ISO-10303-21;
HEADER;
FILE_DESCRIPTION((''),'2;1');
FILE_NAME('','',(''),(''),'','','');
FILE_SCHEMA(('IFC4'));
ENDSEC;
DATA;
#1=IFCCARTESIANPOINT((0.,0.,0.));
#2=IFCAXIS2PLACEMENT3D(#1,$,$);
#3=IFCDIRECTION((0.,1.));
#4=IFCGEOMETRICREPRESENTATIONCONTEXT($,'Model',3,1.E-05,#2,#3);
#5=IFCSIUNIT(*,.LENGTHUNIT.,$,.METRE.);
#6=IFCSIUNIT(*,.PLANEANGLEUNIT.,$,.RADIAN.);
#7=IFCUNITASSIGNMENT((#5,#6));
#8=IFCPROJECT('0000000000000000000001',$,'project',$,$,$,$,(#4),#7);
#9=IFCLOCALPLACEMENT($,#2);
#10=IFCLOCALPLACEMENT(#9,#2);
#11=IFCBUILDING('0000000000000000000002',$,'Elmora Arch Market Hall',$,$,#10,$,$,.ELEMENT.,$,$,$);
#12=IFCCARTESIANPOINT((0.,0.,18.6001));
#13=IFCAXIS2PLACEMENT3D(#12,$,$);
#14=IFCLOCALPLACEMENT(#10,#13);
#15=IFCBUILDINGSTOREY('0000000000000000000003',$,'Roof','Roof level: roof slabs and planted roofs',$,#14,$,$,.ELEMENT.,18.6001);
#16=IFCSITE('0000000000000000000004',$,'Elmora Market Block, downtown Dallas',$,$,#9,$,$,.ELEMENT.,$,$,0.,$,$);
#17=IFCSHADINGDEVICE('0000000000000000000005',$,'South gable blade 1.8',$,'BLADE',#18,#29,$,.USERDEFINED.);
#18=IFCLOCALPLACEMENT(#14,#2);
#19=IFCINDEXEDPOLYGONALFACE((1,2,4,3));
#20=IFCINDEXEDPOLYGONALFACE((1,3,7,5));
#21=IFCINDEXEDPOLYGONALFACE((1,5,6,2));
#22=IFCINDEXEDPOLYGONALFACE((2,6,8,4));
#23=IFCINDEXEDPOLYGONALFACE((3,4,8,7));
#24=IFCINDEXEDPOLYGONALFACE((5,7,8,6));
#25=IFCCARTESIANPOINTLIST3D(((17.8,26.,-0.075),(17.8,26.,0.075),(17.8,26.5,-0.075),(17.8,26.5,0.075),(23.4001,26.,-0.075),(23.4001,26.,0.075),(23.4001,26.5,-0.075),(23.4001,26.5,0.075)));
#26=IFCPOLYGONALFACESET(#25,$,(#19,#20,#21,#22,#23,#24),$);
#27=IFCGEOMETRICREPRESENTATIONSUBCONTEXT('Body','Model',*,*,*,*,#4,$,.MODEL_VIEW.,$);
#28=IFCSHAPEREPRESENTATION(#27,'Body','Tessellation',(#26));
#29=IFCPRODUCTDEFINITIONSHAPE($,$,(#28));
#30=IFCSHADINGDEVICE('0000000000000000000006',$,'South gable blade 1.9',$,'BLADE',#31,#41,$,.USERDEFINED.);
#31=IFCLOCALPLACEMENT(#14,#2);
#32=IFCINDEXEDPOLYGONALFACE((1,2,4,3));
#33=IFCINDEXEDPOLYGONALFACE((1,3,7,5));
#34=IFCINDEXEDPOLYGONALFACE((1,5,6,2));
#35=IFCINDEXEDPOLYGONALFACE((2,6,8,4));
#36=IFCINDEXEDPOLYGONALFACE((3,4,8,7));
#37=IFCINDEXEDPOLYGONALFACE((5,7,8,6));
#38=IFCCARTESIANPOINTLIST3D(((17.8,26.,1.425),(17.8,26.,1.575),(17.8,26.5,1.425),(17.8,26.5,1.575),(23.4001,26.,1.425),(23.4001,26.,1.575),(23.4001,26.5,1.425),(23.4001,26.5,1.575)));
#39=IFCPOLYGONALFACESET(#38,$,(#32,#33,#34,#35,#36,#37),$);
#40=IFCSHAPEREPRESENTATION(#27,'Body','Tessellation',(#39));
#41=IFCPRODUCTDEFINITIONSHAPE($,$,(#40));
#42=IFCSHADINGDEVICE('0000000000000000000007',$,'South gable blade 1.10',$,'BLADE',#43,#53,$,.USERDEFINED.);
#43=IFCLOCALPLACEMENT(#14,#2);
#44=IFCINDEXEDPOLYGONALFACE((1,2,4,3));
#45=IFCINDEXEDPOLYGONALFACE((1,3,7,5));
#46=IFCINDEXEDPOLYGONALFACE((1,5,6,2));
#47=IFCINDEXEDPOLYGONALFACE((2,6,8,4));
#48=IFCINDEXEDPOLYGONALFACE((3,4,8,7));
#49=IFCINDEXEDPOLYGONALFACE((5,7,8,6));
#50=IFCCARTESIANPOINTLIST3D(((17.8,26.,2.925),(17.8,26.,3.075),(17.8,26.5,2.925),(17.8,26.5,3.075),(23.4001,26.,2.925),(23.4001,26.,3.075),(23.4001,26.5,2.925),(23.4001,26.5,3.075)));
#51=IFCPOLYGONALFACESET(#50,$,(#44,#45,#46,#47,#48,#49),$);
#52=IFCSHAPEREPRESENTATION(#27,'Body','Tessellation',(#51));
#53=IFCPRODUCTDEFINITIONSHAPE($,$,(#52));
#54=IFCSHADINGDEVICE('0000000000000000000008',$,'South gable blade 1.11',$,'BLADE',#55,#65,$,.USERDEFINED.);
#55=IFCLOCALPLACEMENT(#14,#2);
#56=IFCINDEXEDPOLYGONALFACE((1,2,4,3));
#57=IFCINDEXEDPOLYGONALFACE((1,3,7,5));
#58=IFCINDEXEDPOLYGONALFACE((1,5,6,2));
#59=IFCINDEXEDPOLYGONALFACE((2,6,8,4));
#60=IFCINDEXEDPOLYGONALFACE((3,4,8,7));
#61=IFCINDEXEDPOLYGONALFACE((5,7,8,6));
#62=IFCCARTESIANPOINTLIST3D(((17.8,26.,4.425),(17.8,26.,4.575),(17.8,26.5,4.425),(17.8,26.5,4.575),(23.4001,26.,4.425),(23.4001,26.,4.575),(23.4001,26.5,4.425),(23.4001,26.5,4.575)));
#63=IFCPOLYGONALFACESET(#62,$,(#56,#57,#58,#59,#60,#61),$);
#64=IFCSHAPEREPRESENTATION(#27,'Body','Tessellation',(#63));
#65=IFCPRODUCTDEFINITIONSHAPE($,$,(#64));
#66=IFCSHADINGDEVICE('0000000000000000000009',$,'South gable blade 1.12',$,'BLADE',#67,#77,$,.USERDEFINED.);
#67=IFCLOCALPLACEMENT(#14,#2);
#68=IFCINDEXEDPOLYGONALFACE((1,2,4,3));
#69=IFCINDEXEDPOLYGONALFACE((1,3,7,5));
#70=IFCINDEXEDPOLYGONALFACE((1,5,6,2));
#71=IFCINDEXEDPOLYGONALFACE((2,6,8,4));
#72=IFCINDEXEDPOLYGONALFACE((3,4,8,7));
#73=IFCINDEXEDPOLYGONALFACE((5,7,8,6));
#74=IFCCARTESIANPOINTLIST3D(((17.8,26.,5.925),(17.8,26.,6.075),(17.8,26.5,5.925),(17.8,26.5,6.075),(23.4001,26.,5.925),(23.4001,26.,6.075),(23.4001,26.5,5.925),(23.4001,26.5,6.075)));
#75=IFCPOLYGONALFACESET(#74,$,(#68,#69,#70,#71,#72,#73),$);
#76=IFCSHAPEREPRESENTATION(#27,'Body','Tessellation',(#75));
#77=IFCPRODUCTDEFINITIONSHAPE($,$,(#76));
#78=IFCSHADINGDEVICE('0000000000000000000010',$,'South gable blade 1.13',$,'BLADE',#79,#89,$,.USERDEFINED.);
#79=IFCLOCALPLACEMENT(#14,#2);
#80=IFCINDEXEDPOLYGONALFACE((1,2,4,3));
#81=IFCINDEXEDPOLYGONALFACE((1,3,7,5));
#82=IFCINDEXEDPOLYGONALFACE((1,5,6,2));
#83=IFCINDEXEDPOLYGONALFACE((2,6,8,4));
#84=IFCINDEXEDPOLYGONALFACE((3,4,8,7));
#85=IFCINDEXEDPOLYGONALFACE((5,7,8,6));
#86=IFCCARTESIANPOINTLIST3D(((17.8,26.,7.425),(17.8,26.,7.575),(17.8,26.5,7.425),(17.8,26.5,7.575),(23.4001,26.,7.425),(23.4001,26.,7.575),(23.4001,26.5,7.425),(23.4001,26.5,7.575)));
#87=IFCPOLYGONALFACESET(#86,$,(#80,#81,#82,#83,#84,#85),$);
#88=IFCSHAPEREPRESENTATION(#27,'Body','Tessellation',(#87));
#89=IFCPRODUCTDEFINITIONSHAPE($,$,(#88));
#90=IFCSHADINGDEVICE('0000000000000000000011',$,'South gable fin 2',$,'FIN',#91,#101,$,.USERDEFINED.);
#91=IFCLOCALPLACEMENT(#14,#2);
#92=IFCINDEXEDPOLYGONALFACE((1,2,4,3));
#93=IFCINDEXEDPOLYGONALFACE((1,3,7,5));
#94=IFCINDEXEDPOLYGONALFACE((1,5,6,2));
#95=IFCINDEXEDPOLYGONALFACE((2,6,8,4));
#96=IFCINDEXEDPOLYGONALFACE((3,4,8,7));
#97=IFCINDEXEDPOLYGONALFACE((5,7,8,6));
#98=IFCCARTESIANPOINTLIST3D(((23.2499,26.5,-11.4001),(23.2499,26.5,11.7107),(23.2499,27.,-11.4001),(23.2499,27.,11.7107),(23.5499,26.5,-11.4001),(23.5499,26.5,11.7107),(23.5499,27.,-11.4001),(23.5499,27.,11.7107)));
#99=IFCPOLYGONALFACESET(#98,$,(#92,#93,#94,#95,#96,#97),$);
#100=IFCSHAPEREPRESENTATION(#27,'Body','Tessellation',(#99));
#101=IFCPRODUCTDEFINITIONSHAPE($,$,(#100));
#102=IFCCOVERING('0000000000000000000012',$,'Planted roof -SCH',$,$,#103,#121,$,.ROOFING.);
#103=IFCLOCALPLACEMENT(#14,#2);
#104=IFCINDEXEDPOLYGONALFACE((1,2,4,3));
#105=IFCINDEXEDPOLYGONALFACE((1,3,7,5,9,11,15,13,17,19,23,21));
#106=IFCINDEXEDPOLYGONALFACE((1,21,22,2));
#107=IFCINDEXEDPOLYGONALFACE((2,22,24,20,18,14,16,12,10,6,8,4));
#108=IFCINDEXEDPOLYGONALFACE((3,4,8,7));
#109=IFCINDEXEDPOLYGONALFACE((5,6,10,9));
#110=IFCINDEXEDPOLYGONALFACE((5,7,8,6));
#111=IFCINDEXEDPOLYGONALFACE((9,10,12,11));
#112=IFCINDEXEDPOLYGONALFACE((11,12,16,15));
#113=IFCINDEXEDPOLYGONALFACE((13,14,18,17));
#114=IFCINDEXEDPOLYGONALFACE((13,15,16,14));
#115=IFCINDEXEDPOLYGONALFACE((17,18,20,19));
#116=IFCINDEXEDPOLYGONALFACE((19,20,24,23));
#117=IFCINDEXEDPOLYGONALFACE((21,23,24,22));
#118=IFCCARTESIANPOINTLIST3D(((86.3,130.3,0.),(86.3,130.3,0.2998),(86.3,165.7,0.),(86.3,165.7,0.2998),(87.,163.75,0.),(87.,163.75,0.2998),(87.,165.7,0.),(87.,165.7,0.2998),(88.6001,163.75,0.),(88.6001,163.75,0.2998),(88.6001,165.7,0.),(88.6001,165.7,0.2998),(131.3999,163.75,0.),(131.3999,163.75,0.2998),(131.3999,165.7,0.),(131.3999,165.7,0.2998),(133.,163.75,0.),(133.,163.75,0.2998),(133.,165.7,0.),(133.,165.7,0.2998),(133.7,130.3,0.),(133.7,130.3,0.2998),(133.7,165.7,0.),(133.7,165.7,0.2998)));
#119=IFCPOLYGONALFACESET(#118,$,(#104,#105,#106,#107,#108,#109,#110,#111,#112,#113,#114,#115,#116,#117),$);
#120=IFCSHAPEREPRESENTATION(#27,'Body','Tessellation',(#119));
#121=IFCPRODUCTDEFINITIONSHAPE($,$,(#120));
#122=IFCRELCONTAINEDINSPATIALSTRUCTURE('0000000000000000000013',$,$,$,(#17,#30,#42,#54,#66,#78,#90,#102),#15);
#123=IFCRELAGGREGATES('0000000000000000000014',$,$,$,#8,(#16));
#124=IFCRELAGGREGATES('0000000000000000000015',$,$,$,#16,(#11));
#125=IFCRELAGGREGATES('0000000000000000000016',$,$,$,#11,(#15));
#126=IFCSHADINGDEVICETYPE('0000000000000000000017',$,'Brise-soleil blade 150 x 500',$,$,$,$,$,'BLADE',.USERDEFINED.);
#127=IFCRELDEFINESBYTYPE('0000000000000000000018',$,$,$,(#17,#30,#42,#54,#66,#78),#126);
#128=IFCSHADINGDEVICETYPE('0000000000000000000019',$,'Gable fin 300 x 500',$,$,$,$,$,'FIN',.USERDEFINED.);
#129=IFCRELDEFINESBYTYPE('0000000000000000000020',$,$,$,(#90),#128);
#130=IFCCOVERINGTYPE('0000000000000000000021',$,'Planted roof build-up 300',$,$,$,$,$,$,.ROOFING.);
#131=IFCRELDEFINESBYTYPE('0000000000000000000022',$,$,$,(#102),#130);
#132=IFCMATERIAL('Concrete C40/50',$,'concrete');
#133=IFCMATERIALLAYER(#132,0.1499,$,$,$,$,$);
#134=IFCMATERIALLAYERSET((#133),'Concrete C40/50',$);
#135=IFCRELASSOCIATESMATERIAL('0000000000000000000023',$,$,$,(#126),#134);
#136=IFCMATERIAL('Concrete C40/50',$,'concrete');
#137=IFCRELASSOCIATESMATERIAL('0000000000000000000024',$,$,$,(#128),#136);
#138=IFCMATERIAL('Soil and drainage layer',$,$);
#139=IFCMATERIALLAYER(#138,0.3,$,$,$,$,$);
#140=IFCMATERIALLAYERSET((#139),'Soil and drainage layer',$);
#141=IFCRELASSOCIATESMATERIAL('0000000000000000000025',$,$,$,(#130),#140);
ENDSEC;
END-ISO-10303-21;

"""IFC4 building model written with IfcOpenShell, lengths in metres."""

from ifc_helpers import new_model, si_unit, direction, frame, origin, origin_2d, place, context, subcontext, project, spatial, polyline, rectangle, outline, extrude, material, layer, layer_set, type_object, element, save


model = new_model("IFC4")

# Units and contexts
model_context = context("Model", 3, precision=1e-05, world=origin(), true_north=direction((0.0, 1.0)))
body_context = subcontext(model_context, "Body", "Model", "MODEL_VIEW")
ifc_project = project(units=[si_unit("LENGTHUNIT", "METRE"), si_unit("PLANEANGLEUNIT", "RADIAN")], contexts=[model_context])

# Site, building, storey
site_placement = place(None, origin())
site = spatial("IfcSite", under=ifc_project, at=site_placement, Name="Elmora Market Block, downtown Dallas", CompositionType="ELEMENT", RefElevation=0.0)
building_placement = place(site_placement, origin())
building = spatial("IfcBuilding", under=site, at=building_placement, Name="Elmora Arch Market Hall", CompositionType="ELEMENT")
storey_placement = place(building_placement, frame((0.0, 0.0, 18.6001)))
storey = spatial("IfcBuildingStorey", under=building, at=storey_placement, Name="Roof", Description="Roof level: roof slabs and planted roofs", CompositionType="ELEMENT", Elevation=18.6001)

# Shading devices
ifc_material_1 = material(Name="Concrete C40/50", Category="concrete")
ifc_layer_1 = layer(ifc_material_1, 0.1499)
ifc_layer_set_1 = layer_set([ifc_layer_1], Name="Concrete C40/50")
shading_device_type_1 = type_object("IfcShadingDeviceType", Name="Brise-soleil blade 150 x 500", ElementType="BLADE", PredefinedType="USERDEFINED", material=ifc_layer_set_1)
for number, where, z_axis, x_axis, name in (
    (1, (20.6001, 26.25, -0.075), (0.0, 0.0, 1.0), (1.0, 0.0, 0.0), "South gable blade 1.8"),
    (2, (20.6001, 26.25, 1.425), (0.0, 0.0, 1.0), (1.0, 0.0, 0.0), "South gable blade 1.9"),
    (3, (20.6001, 26.25, 2.925), (0.0, 0.0, 1.0), (1.0, 0.0, 0.0), "South gable blade 1.10"),
    (4, (20.6001, 26.25, 4.425), (0.0, 0.0, 1.0), (1.0, 0.0, 0.0), "South gable blade 1.11"),
    (5, (20.6001, 26.25, 5.925), (0.0, 0.0, 1.0), (1.0, 0.0, 0.0), "South gable blade 1.12"),
    (6, (20.6001, 26.25, 7.425), (0.0, 0.0, 1.0), (1.0, 0.0, 0.0), "South gable blade 1.13"),
):
    element("IfcShadingDevice", number, at=place(storey_placement, frame(where, z_axis=z_axis, x_axis=x_axis)), inside=storey, type_object=shading_device_type_1, Name=name, ObjectType="BLADE", PredefinedType="USERDEFINED", context=body_context, shape_type="SweptSolid", body=[
        extrude(rectangle(XDim=5.6001, YDim=0.5, at=origin_2d()), origin(), (0.0, 0.0, 1.0), 0.1499),
    ])
ifc_material_2 = material(Name="Concrete C40/50", Category="concrete")
shading_device_type_2 = type_object("IfcShadingDeviceType", Name="Gable fin 300 x 500", ElementType="FIN", PredefinedType="USERDEFINED", material=ifc_material_2)
shading_device_placement = place(storey_placement, frame((23.3999, 26.75, -11.4001), z_axis=(0.0, 0.0, 1.0), x_axis=(1.0, 0.0, 0.0)))
element("IfcShadingDevice", 7, at=shading_device_placement, inside=storey, type_object=shading_device_type_2, Name="South gable fin 2", ObjectType="FIN", PredefinedType="USERDEFINED", context=body_context, shape_type="SweptSolid", body=[
    extrude(rectangle(XDim=0.3, YDim=0.5, at=origin_2d()), origin(), (0.0, 0.0, 1.0), 23.1108),
])

# Covering
ifc_material_3 = material(Name="Soil and drainage layer")
ifc_layer_2 = layer(ifc_material_3, 0.3)
ifc_layer_set_2 = layer_set([ifc_layer_2], Name="Soil and drainage layer")
covering_type = type_object("IfcCoveringType", Name="Planted roof build-up 300", PredefinedType="ROOFING", material=ifc_layer_set_2)
covering_placement = place(storey_placement, origin())
element("IfcCovering", 8, at=covering_placement, inside=storey, type_object=covering_type, Name="Planted roof -SCH", PredefinedType="ROOFING", context=body_context, shape_type="SweptSolid", body=[
    extrude(outline(polyline([(86.3, 130.3), (86.3, 165.7), (87.0, 165.7), (87.0, 163.75), (88.6001, 163.75), (88.6001, 165.7), (131.3999, 165.7), (131.3999, 163.75), (133.0, 163.75), (133.0, 165.7), (133.7, 165.7), (133.7, 130.3), (86.3, 130.3)])), origin(), (0.0, 0.0, 1.0), 0.2998),
])

save(model, "model.ifc")
